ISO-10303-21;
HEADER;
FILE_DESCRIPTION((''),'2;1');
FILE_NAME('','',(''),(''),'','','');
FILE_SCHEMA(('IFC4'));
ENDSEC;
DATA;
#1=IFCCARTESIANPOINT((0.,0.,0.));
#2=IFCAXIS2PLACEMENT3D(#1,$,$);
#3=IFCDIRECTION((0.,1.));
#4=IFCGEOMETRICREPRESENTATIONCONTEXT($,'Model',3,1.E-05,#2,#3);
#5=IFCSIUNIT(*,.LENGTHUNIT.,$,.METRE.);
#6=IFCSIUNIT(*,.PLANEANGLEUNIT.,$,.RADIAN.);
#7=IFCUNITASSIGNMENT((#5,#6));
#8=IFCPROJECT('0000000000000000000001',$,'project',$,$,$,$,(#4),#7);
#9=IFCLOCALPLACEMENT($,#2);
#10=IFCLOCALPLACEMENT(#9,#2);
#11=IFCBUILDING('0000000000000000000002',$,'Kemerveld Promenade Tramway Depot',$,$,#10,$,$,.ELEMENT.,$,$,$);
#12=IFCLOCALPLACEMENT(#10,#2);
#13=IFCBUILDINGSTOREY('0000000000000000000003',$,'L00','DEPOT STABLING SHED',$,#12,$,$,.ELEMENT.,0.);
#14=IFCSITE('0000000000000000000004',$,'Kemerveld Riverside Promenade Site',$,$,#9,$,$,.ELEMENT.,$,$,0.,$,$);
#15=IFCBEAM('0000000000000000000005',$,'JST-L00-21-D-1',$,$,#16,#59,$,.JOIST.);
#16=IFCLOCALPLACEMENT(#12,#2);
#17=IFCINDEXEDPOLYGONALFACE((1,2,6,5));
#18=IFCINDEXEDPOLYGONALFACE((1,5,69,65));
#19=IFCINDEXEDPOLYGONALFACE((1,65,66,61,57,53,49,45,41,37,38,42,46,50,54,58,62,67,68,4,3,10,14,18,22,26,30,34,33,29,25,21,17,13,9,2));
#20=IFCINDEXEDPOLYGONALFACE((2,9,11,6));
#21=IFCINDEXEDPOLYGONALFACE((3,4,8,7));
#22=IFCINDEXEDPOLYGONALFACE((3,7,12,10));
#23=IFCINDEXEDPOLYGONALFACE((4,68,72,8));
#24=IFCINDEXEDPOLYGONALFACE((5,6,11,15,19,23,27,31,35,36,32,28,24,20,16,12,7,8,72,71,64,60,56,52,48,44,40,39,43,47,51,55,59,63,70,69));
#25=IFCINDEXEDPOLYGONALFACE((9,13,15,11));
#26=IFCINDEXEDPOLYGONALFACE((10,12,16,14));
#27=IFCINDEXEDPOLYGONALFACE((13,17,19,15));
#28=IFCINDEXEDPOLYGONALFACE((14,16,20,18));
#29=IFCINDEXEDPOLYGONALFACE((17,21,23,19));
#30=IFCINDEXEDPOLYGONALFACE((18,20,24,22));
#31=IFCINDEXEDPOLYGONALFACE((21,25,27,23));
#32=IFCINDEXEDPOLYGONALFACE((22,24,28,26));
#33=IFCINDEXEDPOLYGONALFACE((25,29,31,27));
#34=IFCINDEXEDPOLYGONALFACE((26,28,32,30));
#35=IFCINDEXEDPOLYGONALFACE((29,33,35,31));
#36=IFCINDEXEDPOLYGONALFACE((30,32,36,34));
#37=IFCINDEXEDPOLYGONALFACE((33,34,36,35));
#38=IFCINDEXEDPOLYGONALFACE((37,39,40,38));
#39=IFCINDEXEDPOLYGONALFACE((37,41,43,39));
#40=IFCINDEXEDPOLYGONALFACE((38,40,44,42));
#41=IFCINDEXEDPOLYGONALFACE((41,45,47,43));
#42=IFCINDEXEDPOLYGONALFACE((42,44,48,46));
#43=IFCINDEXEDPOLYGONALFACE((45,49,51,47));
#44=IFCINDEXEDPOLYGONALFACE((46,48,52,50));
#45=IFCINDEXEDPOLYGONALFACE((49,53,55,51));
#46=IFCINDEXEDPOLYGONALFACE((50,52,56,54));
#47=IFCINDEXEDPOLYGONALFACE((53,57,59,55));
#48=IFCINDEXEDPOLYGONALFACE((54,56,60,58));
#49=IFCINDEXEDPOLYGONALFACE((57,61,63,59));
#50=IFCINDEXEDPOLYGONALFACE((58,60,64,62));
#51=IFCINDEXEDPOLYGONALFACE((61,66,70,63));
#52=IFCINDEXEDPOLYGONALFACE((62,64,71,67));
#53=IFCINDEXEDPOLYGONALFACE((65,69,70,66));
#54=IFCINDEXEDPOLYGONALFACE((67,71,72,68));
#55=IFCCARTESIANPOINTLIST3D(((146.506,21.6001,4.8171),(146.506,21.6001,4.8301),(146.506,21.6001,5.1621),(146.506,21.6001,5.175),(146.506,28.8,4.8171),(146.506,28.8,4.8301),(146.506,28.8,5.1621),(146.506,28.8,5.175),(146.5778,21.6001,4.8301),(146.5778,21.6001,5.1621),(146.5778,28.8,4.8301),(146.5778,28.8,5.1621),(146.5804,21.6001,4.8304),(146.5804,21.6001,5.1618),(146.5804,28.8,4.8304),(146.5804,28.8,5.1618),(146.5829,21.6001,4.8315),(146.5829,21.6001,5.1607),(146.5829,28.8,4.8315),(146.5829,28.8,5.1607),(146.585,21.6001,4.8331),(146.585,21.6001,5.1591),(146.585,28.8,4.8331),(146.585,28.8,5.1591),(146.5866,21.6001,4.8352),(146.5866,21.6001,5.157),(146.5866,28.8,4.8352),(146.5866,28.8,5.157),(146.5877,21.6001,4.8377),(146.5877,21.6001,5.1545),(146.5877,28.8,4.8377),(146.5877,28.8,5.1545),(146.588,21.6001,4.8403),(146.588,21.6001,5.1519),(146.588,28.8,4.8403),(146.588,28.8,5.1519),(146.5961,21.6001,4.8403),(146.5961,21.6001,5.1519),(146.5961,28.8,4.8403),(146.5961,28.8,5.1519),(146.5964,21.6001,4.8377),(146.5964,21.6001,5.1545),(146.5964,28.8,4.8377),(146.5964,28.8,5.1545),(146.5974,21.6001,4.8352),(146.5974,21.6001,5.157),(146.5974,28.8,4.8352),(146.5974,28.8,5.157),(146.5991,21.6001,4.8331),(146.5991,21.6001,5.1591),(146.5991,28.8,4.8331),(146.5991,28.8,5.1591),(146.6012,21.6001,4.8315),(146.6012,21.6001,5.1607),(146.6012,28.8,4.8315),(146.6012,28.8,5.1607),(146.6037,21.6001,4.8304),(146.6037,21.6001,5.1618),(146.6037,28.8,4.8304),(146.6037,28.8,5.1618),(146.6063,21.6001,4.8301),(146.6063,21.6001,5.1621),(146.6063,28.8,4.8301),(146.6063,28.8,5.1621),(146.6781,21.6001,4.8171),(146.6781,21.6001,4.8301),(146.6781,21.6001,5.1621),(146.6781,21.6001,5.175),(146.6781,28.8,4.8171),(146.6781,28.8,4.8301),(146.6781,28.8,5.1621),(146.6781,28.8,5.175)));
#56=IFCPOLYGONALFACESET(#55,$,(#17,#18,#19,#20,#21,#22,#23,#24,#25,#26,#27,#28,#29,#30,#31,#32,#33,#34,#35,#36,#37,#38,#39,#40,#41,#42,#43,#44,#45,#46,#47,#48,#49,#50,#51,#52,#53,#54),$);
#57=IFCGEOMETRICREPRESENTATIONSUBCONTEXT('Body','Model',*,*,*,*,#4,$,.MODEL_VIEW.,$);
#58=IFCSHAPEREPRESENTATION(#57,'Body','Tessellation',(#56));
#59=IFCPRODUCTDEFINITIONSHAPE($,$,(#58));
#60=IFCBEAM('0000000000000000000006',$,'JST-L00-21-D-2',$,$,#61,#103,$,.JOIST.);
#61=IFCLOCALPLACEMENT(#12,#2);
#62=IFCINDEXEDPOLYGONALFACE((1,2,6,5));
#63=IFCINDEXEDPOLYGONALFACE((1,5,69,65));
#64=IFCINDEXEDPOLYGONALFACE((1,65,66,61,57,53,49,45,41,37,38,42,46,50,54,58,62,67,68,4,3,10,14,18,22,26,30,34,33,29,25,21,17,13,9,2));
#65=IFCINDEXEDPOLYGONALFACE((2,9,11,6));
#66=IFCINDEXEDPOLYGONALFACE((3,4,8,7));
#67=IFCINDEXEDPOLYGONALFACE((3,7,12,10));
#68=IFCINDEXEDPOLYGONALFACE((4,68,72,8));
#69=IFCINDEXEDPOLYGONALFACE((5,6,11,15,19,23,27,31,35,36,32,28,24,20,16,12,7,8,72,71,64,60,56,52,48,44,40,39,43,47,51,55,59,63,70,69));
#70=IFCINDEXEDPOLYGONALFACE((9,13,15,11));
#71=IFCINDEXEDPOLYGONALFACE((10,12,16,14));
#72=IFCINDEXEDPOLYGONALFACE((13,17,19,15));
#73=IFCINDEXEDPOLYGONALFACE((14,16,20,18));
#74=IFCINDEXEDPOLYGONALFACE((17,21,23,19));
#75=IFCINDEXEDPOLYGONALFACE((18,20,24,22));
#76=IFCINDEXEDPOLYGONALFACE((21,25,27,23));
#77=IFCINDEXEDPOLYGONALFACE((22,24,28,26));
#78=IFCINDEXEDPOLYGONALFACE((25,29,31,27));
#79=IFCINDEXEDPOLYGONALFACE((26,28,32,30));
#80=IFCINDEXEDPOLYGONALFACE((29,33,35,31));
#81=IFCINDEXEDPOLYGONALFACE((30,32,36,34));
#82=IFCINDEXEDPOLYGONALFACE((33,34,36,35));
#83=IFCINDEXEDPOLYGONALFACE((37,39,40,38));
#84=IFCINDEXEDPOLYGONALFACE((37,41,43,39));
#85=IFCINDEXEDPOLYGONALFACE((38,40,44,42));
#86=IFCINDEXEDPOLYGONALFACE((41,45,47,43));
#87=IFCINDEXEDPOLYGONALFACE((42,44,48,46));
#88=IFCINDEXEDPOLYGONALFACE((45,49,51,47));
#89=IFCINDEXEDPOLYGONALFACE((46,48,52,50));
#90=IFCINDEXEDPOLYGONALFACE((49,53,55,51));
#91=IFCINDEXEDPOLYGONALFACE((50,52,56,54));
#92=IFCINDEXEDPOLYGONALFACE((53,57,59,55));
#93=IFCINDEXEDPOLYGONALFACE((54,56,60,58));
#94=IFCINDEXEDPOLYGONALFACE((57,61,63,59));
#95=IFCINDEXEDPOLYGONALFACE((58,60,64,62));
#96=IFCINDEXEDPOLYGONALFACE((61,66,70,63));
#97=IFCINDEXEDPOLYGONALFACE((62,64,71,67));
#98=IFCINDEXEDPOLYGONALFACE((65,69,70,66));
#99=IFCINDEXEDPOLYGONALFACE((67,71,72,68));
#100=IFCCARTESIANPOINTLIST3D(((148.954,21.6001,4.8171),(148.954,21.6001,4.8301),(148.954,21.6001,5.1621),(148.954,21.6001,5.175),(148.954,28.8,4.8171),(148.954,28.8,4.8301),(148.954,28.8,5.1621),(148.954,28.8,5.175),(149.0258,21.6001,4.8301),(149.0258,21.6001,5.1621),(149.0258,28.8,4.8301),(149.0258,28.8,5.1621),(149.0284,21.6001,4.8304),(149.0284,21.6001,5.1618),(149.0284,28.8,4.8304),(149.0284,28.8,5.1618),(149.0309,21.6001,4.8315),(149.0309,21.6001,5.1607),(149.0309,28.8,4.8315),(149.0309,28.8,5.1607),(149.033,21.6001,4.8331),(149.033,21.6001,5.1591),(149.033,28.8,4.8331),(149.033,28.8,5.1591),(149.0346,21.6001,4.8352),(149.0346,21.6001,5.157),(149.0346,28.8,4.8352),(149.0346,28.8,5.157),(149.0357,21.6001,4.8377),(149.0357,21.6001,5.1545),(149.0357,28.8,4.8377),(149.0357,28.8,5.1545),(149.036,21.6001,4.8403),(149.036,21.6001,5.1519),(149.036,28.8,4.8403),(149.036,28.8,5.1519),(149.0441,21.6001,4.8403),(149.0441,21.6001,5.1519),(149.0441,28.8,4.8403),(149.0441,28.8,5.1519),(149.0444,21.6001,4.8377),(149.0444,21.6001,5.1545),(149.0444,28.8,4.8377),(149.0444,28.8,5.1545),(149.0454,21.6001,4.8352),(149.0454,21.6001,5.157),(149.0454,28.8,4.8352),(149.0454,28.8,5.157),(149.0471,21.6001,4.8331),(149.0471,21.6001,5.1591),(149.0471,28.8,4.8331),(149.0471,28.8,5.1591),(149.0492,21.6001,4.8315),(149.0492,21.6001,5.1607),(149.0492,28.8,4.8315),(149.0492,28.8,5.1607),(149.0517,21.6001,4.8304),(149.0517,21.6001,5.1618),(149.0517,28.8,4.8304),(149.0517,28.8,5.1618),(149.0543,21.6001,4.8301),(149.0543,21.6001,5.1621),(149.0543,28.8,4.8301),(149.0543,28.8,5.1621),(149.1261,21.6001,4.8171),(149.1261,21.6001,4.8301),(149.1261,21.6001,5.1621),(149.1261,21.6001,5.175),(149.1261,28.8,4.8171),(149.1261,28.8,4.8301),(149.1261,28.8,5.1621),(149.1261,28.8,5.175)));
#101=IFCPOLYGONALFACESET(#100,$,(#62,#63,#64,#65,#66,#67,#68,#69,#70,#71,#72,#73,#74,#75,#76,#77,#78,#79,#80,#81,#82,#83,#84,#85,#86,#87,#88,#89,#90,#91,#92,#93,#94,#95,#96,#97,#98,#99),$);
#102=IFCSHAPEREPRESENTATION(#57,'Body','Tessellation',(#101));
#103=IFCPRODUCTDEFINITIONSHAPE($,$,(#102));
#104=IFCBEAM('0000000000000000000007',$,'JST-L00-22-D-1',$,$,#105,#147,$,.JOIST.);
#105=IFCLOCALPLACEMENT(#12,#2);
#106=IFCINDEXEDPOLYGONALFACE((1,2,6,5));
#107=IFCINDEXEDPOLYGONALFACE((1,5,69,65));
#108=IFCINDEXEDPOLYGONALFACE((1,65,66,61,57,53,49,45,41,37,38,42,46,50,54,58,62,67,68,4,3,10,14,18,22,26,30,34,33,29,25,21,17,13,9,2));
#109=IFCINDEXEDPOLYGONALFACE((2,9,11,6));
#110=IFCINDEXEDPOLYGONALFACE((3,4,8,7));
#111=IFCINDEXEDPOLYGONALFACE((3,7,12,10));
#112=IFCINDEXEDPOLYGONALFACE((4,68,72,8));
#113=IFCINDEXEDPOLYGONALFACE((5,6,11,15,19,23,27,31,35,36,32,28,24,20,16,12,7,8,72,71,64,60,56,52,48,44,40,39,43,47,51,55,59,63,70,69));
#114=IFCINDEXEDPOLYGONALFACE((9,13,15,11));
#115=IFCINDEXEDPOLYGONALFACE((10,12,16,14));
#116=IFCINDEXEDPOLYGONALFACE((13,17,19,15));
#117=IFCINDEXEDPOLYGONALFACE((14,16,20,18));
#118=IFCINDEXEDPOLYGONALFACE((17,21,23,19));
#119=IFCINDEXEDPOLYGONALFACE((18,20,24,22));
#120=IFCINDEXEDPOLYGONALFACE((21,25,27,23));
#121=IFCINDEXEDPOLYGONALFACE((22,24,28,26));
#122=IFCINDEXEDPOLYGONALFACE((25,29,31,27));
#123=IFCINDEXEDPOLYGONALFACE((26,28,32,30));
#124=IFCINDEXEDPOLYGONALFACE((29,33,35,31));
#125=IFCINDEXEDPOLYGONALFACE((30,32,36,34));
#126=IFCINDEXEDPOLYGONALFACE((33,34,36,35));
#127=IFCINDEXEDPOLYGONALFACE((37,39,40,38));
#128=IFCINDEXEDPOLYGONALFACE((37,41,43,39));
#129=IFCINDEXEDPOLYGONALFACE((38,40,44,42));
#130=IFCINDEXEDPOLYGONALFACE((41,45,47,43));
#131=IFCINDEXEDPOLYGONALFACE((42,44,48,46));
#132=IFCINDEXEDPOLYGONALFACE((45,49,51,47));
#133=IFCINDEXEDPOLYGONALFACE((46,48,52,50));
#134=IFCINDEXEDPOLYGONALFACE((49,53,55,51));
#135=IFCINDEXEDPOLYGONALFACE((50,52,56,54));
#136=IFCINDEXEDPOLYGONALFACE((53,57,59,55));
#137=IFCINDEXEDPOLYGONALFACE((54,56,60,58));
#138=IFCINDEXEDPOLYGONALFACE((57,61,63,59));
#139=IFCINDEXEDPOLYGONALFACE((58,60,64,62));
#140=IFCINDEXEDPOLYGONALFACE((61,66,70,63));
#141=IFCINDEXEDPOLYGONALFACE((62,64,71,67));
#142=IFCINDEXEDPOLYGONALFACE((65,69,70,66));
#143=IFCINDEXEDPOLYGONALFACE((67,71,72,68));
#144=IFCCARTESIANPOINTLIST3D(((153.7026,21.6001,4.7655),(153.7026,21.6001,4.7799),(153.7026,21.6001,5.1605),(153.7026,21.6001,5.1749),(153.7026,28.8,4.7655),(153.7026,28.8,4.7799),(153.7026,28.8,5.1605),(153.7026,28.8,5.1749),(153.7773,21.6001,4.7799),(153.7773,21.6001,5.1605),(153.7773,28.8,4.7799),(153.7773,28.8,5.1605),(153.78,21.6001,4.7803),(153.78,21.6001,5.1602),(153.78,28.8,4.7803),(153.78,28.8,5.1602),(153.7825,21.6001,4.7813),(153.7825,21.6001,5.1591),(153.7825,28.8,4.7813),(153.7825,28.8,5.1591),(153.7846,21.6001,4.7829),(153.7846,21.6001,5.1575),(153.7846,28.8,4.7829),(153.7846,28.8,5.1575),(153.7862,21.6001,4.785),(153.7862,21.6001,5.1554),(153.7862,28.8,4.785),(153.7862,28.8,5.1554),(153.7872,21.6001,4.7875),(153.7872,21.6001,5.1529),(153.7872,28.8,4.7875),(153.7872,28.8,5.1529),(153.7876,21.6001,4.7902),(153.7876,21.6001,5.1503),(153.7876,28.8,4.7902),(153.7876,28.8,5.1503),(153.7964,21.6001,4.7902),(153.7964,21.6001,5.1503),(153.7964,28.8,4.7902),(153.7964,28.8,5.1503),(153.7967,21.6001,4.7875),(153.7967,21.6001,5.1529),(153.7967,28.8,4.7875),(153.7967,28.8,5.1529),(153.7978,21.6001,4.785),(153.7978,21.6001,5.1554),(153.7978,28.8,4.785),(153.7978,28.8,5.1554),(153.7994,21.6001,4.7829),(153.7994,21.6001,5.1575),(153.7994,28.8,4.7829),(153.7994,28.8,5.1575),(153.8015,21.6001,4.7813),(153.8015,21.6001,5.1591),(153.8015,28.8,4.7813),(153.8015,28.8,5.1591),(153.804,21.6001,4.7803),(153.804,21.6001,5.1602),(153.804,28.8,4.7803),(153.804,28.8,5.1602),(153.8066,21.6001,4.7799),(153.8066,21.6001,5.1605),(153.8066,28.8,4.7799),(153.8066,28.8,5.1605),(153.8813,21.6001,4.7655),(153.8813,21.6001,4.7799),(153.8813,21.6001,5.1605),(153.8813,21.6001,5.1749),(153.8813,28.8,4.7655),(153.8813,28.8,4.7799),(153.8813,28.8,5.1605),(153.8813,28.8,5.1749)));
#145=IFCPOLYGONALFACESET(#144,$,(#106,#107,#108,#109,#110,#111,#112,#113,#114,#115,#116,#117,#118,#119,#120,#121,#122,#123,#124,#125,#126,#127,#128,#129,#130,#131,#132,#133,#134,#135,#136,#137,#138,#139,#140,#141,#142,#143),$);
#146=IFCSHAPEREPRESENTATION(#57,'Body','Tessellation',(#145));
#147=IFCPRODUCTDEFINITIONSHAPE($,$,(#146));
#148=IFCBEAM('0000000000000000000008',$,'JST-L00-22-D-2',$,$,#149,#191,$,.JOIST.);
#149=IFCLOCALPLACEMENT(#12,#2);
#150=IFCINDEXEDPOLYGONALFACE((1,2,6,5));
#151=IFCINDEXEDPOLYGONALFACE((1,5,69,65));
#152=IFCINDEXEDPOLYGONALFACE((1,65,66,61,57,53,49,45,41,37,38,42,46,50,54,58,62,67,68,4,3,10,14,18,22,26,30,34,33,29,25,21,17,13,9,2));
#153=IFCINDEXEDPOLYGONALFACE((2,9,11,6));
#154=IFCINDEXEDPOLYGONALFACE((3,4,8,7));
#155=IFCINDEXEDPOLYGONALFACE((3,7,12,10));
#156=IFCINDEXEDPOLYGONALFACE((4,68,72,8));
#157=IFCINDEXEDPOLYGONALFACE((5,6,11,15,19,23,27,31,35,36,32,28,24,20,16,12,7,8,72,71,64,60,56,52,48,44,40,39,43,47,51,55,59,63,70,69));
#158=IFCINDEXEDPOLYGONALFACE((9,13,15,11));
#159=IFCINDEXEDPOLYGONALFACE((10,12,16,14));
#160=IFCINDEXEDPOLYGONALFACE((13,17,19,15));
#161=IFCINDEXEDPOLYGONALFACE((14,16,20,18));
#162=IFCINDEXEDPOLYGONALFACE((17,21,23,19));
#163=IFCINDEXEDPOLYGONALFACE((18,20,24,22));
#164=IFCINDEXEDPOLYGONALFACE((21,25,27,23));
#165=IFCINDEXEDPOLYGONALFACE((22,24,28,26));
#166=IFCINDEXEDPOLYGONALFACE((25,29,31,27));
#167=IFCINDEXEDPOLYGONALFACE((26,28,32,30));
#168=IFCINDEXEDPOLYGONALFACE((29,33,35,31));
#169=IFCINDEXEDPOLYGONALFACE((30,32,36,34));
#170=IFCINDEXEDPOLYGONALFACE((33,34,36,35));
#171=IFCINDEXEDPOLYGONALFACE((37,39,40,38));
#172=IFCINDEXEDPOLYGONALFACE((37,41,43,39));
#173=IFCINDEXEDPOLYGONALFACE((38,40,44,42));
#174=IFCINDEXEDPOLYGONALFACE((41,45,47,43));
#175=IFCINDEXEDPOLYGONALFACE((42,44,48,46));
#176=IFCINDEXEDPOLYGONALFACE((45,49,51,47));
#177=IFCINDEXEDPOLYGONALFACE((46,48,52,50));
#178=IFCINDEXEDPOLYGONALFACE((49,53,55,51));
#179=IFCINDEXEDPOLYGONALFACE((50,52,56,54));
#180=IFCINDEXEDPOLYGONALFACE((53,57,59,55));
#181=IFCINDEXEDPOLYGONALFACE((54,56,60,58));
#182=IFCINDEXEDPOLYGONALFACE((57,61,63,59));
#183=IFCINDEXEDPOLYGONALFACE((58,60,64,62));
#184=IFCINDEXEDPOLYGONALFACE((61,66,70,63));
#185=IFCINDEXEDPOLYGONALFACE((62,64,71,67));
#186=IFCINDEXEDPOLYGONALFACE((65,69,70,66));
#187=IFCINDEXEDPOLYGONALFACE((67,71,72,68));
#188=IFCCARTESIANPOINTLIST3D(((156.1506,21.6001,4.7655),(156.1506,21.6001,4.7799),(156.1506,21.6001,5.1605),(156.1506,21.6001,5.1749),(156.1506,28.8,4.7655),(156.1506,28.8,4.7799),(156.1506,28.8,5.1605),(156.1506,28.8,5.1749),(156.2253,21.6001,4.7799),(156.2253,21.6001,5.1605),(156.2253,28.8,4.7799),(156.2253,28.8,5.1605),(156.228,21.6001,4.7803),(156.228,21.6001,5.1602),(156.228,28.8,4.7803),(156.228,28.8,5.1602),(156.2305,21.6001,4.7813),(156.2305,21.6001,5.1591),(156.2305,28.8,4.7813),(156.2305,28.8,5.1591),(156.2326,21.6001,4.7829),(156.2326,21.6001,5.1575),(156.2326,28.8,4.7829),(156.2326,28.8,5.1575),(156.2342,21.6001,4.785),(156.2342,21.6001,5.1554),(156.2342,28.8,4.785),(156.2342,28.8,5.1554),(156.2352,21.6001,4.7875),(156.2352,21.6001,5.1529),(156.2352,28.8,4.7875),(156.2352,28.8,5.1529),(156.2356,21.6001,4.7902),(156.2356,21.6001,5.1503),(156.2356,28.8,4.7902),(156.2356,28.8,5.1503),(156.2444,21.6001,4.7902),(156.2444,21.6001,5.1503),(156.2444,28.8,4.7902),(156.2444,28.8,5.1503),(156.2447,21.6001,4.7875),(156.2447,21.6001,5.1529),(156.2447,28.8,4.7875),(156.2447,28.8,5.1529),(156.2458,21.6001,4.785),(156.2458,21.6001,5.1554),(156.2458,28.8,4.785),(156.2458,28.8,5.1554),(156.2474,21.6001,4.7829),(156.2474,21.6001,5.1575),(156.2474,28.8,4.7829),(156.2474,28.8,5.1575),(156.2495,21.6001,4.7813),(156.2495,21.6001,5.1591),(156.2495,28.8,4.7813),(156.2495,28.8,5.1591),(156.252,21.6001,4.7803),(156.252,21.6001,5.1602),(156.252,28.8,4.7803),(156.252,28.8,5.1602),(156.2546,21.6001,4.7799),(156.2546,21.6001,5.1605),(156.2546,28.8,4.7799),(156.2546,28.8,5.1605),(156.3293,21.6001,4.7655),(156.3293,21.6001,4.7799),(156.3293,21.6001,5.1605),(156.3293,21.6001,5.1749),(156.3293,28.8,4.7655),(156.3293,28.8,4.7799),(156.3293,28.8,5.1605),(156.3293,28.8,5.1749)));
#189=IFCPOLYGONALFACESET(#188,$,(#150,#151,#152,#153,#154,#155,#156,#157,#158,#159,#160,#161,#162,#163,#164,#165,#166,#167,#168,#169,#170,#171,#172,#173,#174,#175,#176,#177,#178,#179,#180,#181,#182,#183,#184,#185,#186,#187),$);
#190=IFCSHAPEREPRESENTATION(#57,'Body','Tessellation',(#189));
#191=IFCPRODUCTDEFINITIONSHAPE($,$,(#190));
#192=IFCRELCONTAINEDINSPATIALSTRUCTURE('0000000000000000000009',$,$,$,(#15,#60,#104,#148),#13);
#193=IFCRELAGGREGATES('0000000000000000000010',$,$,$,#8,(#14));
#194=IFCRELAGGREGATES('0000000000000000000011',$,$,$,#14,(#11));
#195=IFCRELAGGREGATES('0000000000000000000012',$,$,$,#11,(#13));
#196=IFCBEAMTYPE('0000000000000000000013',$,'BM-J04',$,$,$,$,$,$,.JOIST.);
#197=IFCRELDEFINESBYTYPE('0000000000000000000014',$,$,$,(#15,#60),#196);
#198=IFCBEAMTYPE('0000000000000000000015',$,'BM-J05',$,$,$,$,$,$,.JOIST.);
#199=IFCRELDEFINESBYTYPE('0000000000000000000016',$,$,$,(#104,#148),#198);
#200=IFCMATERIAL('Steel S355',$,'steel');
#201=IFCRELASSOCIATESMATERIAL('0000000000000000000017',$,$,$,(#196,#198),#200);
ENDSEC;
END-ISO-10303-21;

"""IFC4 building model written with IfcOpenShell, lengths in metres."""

from ifc_helpers import new_model, si_unit, direction, frame, origin, origin_2d, place, context, subcontext, project, spatial, i_section, extrude, material, material_profile, profile_set, type_object, element, save


model = new_model("IFC4")

# Units and contexts
model_context = context("Model", 3, precision=1e-05, world=origin(), true_north=direction((0.0, 1.0)))
body_context = subcontext(model_context, "Body", "Model", "MODEL_VIEW")
ifc_project = project(units=[si_unit("LENGTHUNIT", "METRE"), si_unit("PLANEANGLEUNIT", "RADIAN")], contexts=[model_context])

# Site, building, storey
site_placement = place(None, origin())
site = spatial("IfcSite", under=ifc_project, at=site_placement, Name="Kemerveld Riverside Promenade Site", CompositionType="ELEMENT", RefElevation=0.0)
building_placement = place(site_placement, origin())
building = spatial("IfcBuilding", under=site, at=building_placement, Name="Kemerveld Promenade Tramway Depot", CompositionType="ELEMENT")
storey_placement = place(building_placement, origin())
storey = spatial("IfcBuildingStorey", under=building, at=storey_placement, Name="L00", Description="DEPOT STABLING SHED", CompositionType="ELEMENT", Elevation=0.0)

# Shared definitions
ifc_material_1 = material(Name="Steel S355", Category="steel")

# Beams
ifc_material_profile_1 = material_profile(ifc_material_1, i_section(OverallWidth=0.1721, OverallDepth=0.3579, WebThickness=0.0081, FlangeThickness=0.0129, FilletRadius=0.0103, at=origin_2d()), Name="356x171x57 UB")
ifc_profile_set_1 = profile_set([ifc_material_profile_1], Name="Steel S355")
beam_type_1 = type_object("IfcBeamType", Name="BM-J04", PredefinedType="JOIST", material=ifc_profile_set_1)
for number, where, z_axis, x_axis, name in (
    (1, (146.592, 21.6001, 4.9961), (0.0, 1.0, 0.0), (-1.0, 0.0, 0.0), "JST-L00-21-D-1"),
    (2, (149.04, 21.6001, 4.9961), (0.0, 1.0, 0.0), (-1.0, 0.0, 0.0), "JST-L00-21-D-2"),
):
    element("IfcBeam", number, at=place(storey_placement, frame(where, z_axis=z_axis, x_axis=x_axis)), inside=storey, type_object=beam_type_1, Name=name, PredefinedType="JOIST", context=body_context, shape_type="SweptSolid", body=[
        extrude(i_section(OverallWidth=0.1721, OverallDepth=0.3579, WebThickness=0.0081, FlangeThickness=0.0129, FilletRadius=0.0103, at=origin_2d()), origin(), (0.0, 0.0, 1.0), 7.2),
    ])
ifc_material_profile_2 = material_profile(ifc_material_1, i_section(OverallWidth=0.1787, OverallDepth=0.4094, WebThickness=0.0088, FlangeThickness=0.0144, FilletRadius=0.0103, at=origin_2d()), Name="406x178x67 UB")
ifc_profile_set_2 = profile_set([ifc_material_profile_2], Name="Steel S355")
beam_type_2 = type_object("IfcBeamType", Name="BM-J05", PredefinedType="JOIST", material=ifc_profile_set_2)
for number, where, z_axis, x_axis, name in (
    (3, (153.792, 21.6001, 4.9702), (0.0, 1.0, 0.0), (-1.0, 0.0, 0.0), "JST-L00-22-D-1"),
    (4, (156.24, 21.6001, 4.9702), (0.0, 1.0, 0.0), (-1.0, 0.0, 0.0), "JST-L00-22-D-2"),
):
    element("IfcBeam", number, at=place(storey_placement, frame(where, z_axis=z_axis, x_axis=x_axis)), inside=storey, type_object=beam_type_2, Name=name, PredefinedType="JOIST", context=body_context, shape_type="SweptSolid", body=[
        extrude(i_section(OverallWidth=0.1787, OverallDepth=0.4094, WebThickness=0.0088, FlangeThickness=0.0144, FilletRadius=0.0103, at=origin_2d()), origin(), (0.0, 0.0, 1.0), 7.2),
    ])

save(model, "model.ifc")
